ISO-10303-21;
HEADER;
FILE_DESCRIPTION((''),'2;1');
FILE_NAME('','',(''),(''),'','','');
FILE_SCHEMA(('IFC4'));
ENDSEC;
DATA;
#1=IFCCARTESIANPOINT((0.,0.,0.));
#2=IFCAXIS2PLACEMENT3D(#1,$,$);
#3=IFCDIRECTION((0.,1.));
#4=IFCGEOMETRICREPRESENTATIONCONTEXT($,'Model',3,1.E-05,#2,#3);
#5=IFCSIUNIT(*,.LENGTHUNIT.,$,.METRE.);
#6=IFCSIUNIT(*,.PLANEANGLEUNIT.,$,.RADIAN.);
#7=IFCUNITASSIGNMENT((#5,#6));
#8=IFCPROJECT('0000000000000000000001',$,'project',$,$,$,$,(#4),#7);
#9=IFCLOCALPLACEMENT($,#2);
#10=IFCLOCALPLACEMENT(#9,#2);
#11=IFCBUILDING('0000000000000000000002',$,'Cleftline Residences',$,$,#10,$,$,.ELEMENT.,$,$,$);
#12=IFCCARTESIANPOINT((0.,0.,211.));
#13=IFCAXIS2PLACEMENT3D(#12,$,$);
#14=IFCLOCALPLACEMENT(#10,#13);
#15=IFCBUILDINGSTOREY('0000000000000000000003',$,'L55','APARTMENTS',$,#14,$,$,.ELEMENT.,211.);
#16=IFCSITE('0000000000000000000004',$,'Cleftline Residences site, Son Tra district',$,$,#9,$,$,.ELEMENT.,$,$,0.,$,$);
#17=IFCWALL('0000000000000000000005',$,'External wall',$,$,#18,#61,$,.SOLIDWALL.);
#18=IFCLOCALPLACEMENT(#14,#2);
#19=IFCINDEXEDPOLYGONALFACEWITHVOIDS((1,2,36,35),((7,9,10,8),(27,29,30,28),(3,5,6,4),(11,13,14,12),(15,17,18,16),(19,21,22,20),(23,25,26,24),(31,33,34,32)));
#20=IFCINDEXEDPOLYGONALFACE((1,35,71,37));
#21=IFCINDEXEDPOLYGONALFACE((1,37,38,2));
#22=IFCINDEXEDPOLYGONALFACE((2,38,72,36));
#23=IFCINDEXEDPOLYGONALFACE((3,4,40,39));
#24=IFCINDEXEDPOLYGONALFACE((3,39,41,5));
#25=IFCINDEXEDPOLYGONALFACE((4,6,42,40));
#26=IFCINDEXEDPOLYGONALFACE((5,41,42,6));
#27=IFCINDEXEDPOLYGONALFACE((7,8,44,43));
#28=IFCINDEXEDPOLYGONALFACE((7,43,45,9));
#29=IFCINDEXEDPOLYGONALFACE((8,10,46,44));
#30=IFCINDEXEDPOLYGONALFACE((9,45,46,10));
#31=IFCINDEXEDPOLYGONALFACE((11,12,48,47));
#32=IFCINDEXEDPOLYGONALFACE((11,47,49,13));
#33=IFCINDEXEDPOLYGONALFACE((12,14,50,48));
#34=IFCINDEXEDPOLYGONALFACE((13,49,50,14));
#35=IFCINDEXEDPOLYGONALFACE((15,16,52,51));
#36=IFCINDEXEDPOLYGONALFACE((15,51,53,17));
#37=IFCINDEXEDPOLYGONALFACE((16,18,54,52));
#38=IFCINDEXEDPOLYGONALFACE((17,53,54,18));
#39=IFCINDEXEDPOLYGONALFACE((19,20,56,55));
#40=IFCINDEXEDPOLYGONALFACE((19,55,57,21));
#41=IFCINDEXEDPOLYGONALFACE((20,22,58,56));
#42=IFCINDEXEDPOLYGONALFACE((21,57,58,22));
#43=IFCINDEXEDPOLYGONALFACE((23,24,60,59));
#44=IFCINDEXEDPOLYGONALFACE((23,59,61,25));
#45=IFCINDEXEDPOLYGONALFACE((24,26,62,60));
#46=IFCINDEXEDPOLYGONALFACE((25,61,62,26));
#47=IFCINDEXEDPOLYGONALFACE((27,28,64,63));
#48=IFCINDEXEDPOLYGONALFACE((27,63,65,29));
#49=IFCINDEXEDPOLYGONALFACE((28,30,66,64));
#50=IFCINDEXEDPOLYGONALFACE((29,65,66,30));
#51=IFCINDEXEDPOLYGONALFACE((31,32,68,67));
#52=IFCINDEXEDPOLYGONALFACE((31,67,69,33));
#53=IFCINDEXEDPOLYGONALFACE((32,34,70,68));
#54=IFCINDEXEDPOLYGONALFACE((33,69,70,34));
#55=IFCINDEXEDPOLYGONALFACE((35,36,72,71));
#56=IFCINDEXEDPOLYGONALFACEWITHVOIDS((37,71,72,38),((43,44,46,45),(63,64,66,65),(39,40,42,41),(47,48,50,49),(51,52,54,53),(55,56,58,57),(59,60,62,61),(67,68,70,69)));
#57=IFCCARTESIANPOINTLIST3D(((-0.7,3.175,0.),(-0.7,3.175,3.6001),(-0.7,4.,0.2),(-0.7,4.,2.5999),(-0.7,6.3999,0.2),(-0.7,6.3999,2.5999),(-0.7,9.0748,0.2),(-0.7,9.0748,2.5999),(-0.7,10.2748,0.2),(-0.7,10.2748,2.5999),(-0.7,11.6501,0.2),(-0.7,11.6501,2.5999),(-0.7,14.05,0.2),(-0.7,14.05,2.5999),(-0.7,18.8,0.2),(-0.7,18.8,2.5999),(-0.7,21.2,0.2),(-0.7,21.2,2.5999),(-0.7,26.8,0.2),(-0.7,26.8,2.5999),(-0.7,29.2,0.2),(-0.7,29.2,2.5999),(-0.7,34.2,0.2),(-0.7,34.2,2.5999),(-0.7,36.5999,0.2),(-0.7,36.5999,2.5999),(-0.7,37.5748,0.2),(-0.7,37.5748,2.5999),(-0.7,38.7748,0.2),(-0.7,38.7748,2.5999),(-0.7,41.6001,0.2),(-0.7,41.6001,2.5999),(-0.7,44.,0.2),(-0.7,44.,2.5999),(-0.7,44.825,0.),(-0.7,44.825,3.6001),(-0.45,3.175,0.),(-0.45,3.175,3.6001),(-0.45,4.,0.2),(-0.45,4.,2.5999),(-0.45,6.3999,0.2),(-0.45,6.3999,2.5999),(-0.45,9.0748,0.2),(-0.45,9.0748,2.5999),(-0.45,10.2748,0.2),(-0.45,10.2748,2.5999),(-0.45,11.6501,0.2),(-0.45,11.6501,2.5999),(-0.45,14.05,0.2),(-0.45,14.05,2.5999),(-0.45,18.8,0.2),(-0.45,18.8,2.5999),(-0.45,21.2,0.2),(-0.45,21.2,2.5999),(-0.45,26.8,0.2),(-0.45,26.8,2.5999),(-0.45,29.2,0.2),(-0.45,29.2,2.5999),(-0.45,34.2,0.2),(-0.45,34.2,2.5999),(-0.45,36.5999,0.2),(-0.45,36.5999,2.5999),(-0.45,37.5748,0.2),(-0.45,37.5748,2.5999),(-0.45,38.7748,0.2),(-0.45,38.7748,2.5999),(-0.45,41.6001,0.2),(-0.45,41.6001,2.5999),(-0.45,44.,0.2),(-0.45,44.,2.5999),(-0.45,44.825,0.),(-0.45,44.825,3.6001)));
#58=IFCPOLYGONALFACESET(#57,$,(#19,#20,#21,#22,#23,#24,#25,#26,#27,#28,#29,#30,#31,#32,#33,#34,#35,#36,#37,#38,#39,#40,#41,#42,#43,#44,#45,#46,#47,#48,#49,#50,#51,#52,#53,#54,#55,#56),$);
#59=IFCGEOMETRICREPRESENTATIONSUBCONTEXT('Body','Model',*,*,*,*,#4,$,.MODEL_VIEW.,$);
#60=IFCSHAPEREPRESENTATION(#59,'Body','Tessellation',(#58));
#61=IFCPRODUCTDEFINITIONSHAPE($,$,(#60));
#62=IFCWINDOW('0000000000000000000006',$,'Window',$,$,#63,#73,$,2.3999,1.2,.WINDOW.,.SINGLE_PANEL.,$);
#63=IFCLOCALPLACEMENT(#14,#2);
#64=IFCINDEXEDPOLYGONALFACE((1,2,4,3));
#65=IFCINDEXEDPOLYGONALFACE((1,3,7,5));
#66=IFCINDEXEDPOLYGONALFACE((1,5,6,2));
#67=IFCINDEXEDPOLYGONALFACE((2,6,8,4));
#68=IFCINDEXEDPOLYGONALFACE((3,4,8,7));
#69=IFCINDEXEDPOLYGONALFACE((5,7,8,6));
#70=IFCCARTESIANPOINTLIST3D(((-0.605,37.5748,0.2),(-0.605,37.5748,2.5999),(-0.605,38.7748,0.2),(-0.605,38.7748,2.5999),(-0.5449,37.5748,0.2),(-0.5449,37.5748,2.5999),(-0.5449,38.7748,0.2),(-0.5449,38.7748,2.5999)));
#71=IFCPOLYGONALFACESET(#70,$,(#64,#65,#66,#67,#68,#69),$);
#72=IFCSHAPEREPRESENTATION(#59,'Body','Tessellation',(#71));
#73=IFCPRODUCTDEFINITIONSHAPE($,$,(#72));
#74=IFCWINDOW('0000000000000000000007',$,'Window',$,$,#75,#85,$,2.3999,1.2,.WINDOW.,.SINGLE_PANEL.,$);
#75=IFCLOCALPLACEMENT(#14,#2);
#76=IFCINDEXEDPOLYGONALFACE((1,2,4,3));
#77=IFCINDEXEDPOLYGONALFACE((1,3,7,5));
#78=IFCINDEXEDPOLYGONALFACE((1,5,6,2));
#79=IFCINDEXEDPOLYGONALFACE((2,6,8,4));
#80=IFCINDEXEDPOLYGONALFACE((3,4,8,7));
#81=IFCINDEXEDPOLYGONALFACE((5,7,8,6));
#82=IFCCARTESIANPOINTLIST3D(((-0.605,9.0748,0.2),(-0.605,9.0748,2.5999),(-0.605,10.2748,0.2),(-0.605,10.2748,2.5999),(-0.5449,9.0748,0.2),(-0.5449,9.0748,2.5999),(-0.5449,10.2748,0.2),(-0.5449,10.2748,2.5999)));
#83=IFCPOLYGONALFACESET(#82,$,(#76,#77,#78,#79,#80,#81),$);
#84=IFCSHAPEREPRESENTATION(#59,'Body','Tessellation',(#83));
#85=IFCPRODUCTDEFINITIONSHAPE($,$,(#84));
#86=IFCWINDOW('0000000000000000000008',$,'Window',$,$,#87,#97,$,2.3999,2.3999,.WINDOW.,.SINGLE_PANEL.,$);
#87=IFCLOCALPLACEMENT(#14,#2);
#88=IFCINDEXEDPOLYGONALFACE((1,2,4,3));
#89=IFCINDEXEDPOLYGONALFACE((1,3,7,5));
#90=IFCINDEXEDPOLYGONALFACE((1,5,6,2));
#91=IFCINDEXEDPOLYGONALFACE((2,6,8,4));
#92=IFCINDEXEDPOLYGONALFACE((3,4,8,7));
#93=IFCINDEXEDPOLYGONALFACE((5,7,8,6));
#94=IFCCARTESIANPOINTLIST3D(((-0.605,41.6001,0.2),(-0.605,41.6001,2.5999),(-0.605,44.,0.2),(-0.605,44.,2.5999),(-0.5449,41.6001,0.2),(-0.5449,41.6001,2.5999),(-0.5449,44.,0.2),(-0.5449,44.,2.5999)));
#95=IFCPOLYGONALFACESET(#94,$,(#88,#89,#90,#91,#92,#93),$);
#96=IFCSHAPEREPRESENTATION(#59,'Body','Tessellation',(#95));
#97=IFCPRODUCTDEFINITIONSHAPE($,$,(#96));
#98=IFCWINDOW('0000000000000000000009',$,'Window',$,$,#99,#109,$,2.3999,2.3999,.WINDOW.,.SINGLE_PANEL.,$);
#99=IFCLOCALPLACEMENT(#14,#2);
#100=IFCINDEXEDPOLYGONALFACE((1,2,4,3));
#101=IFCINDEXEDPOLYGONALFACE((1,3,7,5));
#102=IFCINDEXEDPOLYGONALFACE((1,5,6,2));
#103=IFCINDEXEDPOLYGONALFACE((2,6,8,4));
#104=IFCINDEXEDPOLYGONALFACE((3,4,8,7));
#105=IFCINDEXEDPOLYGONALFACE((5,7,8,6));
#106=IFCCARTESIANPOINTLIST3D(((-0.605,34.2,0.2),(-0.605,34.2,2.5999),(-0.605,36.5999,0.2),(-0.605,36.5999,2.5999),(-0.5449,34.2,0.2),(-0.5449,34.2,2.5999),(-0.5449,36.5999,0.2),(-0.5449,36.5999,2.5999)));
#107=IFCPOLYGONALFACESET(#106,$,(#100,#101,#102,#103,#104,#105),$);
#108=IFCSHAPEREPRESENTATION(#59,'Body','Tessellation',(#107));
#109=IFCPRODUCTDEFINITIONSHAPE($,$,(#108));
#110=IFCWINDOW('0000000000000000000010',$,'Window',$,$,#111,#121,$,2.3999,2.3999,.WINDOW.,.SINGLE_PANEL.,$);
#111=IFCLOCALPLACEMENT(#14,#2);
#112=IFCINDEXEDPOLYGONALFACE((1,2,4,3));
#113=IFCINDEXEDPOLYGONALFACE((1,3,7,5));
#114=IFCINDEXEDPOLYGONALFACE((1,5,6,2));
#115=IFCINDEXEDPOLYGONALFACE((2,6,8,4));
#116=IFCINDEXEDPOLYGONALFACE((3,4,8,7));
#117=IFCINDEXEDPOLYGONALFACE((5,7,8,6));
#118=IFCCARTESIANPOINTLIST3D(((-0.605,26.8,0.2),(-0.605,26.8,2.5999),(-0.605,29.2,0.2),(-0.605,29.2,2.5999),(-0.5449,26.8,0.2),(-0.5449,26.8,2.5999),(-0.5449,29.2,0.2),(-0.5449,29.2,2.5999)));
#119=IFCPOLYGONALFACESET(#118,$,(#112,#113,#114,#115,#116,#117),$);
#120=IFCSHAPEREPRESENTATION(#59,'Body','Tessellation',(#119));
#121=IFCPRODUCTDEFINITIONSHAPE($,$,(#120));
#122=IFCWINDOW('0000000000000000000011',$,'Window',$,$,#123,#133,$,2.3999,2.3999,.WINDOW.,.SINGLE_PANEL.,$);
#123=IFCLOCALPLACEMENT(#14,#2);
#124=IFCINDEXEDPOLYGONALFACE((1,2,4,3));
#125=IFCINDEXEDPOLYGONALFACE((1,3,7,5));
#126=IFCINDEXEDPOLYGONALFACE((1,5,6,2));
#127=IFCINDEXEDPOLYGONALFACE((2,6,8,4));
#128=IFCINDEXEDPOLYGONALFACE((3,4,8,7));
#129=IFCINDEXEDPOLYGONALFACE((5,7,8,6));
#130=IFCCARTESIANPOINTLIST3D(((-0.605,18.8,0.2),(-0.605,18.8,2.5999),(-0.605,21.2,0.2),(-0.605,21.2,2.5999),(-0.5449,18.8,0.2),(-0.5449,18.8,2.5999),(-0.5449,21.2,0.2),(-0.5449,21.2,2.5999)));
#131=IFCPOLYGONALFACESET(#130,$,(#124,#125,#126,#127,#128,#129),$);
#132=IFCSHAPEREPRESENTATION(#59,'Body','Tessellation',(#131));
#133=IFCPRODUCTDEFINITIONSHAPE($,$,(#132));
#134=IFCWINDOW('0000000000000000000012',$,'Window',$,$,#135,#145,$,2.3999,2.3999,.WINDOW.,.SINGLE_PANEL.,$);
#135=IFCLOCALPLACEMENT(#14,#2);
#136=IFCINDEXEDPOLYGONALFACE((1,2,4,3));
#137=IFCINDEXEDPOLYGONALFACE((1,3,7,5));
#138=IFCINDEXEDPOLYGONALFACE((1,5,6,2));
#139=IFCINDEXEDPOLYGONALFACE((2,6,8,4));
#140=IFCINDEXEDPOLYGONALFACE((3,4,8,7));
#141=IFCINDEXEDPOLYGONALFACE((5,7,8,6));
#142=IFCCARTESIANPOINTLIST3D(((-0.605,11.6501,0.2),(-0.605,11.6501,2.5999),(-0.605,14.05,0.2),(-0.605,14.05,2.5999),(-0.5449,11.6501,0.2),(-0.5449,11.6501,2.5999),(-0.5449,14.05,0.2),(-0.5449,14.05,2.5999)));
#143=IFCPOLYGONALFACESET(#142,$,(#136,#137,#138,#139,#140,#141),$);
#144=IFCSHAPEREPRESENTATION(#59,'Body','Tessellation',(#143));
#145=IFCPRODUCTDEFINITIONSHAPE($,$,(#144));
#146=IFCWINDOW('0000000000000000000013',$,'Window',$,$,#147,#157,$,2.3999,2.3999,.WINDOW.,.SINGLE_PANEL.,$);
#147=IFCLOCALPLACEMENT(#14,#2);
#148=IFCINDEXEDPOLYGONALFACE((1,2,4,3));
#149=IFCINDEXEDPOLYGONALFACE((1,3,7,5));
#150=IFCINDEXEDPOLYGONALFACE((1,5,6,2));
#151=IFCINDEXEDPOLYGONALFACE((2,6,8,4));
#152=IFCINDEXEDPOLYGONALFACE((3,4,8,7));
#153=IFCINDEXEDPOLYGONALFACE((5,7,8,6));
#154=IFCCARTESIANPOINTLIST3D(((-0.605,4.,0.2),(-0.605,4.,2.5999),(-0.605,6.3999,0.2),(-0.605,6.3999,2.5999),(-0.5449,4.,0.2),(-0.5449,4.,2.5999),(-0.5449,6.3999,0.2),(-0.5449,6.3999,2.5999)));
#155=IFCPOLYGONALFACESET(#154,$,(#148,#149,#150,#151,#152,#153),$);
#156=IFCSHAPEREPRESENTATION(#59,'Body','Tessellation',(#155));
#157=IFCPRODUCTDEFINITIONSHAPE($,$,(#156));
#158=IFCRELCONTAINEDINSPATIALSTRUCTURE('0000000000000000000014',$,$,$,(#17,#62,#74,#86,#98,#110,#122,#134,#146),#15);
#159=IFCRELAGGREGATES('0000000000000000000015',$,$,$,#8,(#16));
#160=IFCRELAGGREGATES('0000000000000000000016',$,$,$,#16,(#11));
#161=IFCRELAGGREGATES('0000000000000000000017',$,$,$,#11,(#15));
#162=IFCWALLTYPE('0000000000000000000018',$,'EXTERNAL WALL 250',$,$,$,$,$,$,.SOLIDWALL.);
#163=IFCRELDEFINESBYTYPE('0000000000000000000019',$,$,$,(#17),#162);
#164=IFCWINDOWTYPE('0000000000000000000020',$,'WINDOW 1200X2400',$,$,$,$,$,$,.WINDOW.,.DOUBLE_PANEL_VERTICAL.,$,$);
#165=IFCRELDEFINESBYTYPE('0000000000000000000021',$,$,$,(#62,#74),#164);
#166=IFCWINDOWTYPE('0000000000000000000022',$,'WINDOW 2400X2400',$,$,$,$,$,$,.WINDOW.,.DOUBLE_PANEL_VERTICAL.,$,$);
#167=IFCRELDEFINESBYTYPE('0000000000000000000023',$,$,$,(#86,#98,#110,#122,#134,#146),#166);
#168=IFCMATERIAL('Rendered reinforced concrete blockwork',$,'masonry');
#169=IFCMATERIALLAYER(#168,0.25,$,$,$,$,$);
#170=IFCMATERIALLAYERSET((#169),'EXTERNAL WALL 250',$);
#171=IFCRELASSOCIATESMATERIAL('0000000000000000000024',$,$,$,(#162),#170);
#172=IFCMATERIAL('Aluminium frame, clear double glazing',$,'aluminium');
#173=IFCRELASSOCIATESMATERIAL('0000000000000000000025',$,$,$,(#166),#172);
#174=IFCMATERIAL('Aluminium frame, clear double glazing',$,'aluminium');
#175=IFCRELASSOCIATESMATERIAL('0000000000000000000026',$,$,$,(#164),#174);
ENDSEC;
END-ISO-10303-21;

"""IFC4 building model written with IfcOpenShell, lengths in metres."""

from ifc_helpers import new_model, si_unit, direction, frame, frame_2d, origin, place, context, subcontext, project, spatial, rectangle, extrude, material, layer, layer_set, type_object, element, fill, save


model = new_model("IFC4")

# Units and contexts
model_context = context("Model", 3, precision=1e-05, world=origin(), true_north=direction((0.0, 1.0)))
body_context = subcontext(model_context, "Body", "Model", "MODEL_VIEW")
ifc_project = project(units=[si_unit("LENGTHUNIT", "METRE"), si_unit("PLANEANGLEUNIT", "RADIAN")], contexts=[model_context])

# Site, building, storey
site_placement = place(None, origin())
site = spatial("IfcSite", under=ifc_project, at=site_placement, Name="Cleftline Residences site, Son Tra district", CompositionType="ELEMENT", RefElevation=0.0)
building_placement = place(site_placement, origin())
building = spatial("IfcBuilding", under=site, at=building_placement, Name="Cleftline Residences", CompositionType="ELEMENT")
storey_placement = place(building_placement, frame((0.0, 0.0, 211.0)))
storey = spatial("IfcBuildingStorey", under=building, at=storey_placement, Name="L55", Description="APARTMENTS", CompositionType="ELEMENT", Elevation=211.0)

# Shared definitions
ifc_material_1 = material(Name="Rendered reinforced concrete blockwork", Category="masonry")
ifc_layer_1 = layer(ifc_material_1, 0.25)
ifc_layer_set_1 = layer_set([ifc_layer_1], Name="EXTERNAL WALL 250")
wall_type_1 = type_object("IfcWallType", Name="EXTERNAL WALL 250", PredefinedType="SOLIDWALL", material=ifc_layer_set_1)
ifc_material_2 = material(Name="Aluminium frame, clear double glazing", Category="aluminium")
window_type_1 = type_object("IfcWindowType", Name="WINDOW 2400X2400", PartitioningType="DOUBLE_PANEL_VERTICAL", PredefinedType="WINDOW", material=ifc_material_2)

# Wall, openings, windows
wall_1_placement = place(storey_placement, frame((-0.575, 44.825, 0.0), z_axis=(0.0, 0.0, 1.0), x_axis=(0.0, -1.0, 0.0)))
wall_1 = element("IfcWall", 1, at=wall_1_placement, inside=storey, type_object=wall_type_1, Name="External wall", PredefinedType="SOLIDWALL", context=body_context, shape_type="SweptSolid", body=[
    extrude(rectangle(XDim=41.6499, YDim=0.25, at=frame_2d((20.825, 0.0))), origin(), (0.0, 0.0, 1.0), 3.6001),
])
opening_1_placement = place(wall_1_placement, frame((0.825, 0.0, 0.2)))
opening_1 = element("IfcOpeningElement", 2, at=opening_1_placement, cuts=wall_1, PredefinedType="OPENING", context=body_context, shape_type="SweptSolid", body=[
    extrude(rectangle(XDim=2.3999, YDim=2.3999, at=frame_2d((1.2, 1.2))), frame((0.0, 0.135, 0.0), z_axis=(0.0, -1.0, 0.0), x_axis=(1.0, 0.0, 0.0)), (0.0, 0.0, 1.0), 0.27),
])
opening_2_placement = place(wall_1_placement, frame((6.05, 0.0, 0.2)))
opening_2 = element("IfcOpeningElement", 3, at=opening_2_placement, cuts=wall_1, PredefinedType="OPENING", context=body_context, shape_type="SweptSolid", body=[
    extrude(rectangle(XDim=1.2, YDim=2.3999, at=frame_2d((0.6001, 1.2))), frame((0.0, 0.135, 0.0), z_axis=(0.0, -1.0, 0.0), x_axis=(1.0, 0.0, 0.0)), (0.0, 0.0, 1.0), 0.27),
])
opening_3_placement = place(wall_1_placement, frame((8.2251, 0.0, 0.2)))
opening_3 = element("IfcOpeningElement", 4, at=opening_3_placement, cuts=wall_1, PredefinedType="OPENING", context=body_context, shape_type="SweptSolid", body=[
    extrude(rectangle(XDim=2.3999, YDim=2.3999, at=frame_2d((1.2, 1.2))), frame((0.0, 0.135, 0.0), z_axis=(0.0, -1.0, 0.0), x_axis=(1.0, 0.0, 0.0)), (0.0, 0.0, 1.0), 0.27),
])
opening_4_placement = place(wall_1_placement, frame((15.625, 0.0, 0.2)))
opening_4 = element("IfcOpeningElement", 5, at=opening_4_placement, cuts=wall_1, PredefinedType="OPENING", context=body_context, shape_type="SweptSolid", body=[
    extrude(rectangle(XDim=2.3999, YDim=2.3999, at=frame_2d((1.2, 1.2))), frame((0.0, 0.135, 0.0), z_axis=(0.0, -1.0, 0.0), x_axis=(1.0, 0.0, 0.0)), (0.0, 0.0, 1.0), 0.27),
])
opening_5_placement = place(wall_1_placement, frame((23.625, 0.0, 0.2)))
opening_5 = element("IfcOpeningElement", 6, at=opening_5_placement, cuts=wall_1, PredefinedType="OPENING", context=body_context, shape_type="SweptSolid", body=[
    extrude(rectangle(XDim=2.3999, YDim=2.3999, at=frame_2d((1.2, 1.2))), frame((0.0, 0.135, 0.0), z_axis=(0.0, -1.0, 0.0), x_axis=(1.0, 0.0, 0.0)), (0.0, 0.0, 1.0), 0.27),
])
opening_6_placement = place(wall_1_placement, frame((30.7749, 0.0, 0.2)))
opening_6 = element("IfcOpeningElement", 7, at=opening_6_placement, cuts=wall_1, PredefinedType="OPENING", context=body_context, shape_type="SweptSolid", body=[
    extrude(rectangle(XDim=2.3999, YDim=2.3999, at=frame_2d((1.2, 1.2))), frame((0.0, 0.135, 0.0), z_axis=(0.0, -1.0, 0.0), x_axis=(1.0, 0.0, 0.0)), (0.0, 0.0, 1.0), 0.27),
])
opening_7_placement = place(wall_1_placement, frame((34.55, 0.0, 0.2)))
opening_7 = element("IfcOpeningElement", 8, at=opening_7_placement, cuts=wall_1, PredefinedType="OPENING", context=body_context, shape_type="SweptSolid", body=[
    extrude(rectangle(XDim=1.2, YDim=2.3999, at=frame_2d((0.6001, 1.2))), frame((0.0, 0.135, 0.0), z_axis=(0.0, -1.0, 0.0), x_axis=(1.0, 0.0, 0.0)), (0.0, 0.0, 1.0), 0.27),
])
opening_8_placement = place(wall_1_placement, frame((38.425, 0.0, 0.2)))
opening_8 = element("IfcOpeningElement", 9, at=opening_8_placement, cuts=wall_1, PredefinedType="OPENING", context=body_context, shape_type="SweptSolid", body=[
    extrude(rectangle(XDim=2.3999, YDim=2.3999, at=frame_2d((1.2, 1.2))), frame((0.0, 0.135, 0.0), z_axis=(0.0, -1.0, 0.0), x_axis=(1.0, 0.0, 0.0)), (0.0, 0.0, 1.0), 0.27),
])
ifc_material_3 = material(Name="Aluminium frame, clear double glazing", Category="aluminium")
window_type_2 = type_object("IfcWindowType", Name="WINDOW 1200X2400", PartitioningType="DOUBLE_PANEL_VERTICAL", PredefinedType="WINDOW", material=ifc_material_3)
window_1_placement = place(opening_2_placement, origin())
window_1 = element("IfcWindow", 10, at=window_1_placement, inside=storey, type_object=window_type_2, Name="Window", OverallHeight=2.3999, OverallWidth=1.2, PartitioningType="SINGLE_PANEL", PredefinedType="WINDOW", context=body_context, shape_type="SweptSolid", body=[
    extrude(rectangle(XDim=1.2, YDim=2.3999, at=frame_2d((0.6001, 1.2))), frame((0.0, 0.03, 0.0), z_axis=(0.0, -1.0, 0.0), x_axis=(1.0, 0.0, 0.0)), (0.0, 0.0, 1.0), 0.0601),
])
fill(opening_2, window_1)
window_2_placement = place(opening_7_placement, origin())
window_2 = element("IfcWindow", 11, at=window_2_placement, inside=storey, type_object=window_type_2, Name="Window", OverallHeight=2.3999, OverallWidth=1.2, PartitioningType="SINGLE_PANEL", PredefinedType="WINDOW", context=body_context, shape_type="SweptSolid", body=[
    extrude(rectangle(XDim=1.2, YDim=2.3999, at=frame_2d((0.6001, 1.2))), frame((0.0, 0.03, 0.0), z_axis=(0.0, -1.0, 0.0), x_axis=(1.0, 0.0, 0.0)), (0.0, 0.0, 1.0), 0.0601),
])
fill(opening_7, window_2)
window_3_placement = place(opening_1_placement, origin())
window_3 = element("IfcWindow", 12, at=window_3_placement, inside=storey, type_object=window_type_1, Name="Window", OverallHeight=2.3999, OverallWidth=2.3999, PartitioningType="SINGLE_PANEL", PredefinedType="WINDOW", context=body_context, shape_type="SweptSolid", body=[
    extrude(rectangle(XDim=2.3999, YDim=2.3999, at=frame_2d((1.2, 1.2))), frame((0.0, 0.03, 0.0), z_axis=(0.0, -1.0, 0.0), x_axis=(1.0, 0.0, 0.0)), (0.0, 0.0, 1.0), 0.0601),
])
fill(opening_1, window_3)
window_4_placement = place(opening_3_placement, origin())
window_4 = element("IfcWindow", 13, at=window_4_placement, inside=storey, type_object=window_type_1, Name="Window", OverallHeight=2.3999, OverallWidth=2.3999, PartitioningType="SINGLE_PANEL", PredefinedType="WINDOW", context=body_context, shape_type="SweptSolid", body=[
    extrude(rectangle(XDim=2.3999, YDim=2.3999, at=frame_2d((1.2, 1.2))), frame((0.0, 0.03, 0.0), z_axis=(0.0, -1.0, 0.0), x_axis=(1.0, 0.0, 0.0)), (0.0, 0.0, 1.0), 0.0601),
])
fill(opening_3, window_4)
window_5_placement = place(opening_4_placement, origin())
window_5 = element("IfcWindow", 14, at=window_5_placement, inside=storey, type_object=window_type_1, Name="Window", OverallHeight=2.3999, OverallWidth=2.3999, PartitioningType="SINGLE_PANEL", PredefinedType="WINDOW", context=body_context, shape_type="SweptSolid", body=[
    extrude(rectangle(XDim=2.3999, YDim=2.3999, at=frame_2d((1.2, 1.2))), frame((0.0, 0.03, 0.0), z_axis=(0.0, -1.0, 0.0), x_axis=(1.0, 0.0, 0.0)), (0.0, 0.0, 1.0), 0.0601),
])
fill(opening_4, window_5)
window_6_placement = place(opening_5_placement, origin())
window_6 = element("IfcWindow", 15, at=window_6_placement, inside=storey, type_object=window_type_1, Name="Window", OverallHeight=2.3999, OverallWidth=2.3999, PartitioningType="SINGLE_PANEL", PredefinedType="WINDOW", context=body_context, shape_type="SweptSolid", body=[
    extrude(rectangle(XDim=2.3999, YDim=2.3999, at=frame_2d((1.2, 1.2))), frame((0.0, 0.03, 0.0), z_axis=(0.0, -1.0, 0.0), x_axis=(1.0, 0.0, 0.0)), (0.0, 0.0, 1.0), 0.0601),
])
fill(opening_5, window_6)
window_7_placement = place(opening_6_placement, origin())
window_7 = element("IfcWindow", 16, at=window_7_placement, inside=storey, type_object=window_type_1, Name="Window", OverallHeight=2.3999, OverallWidth=2.3999, PartitioningType="SINGLE_PANEL", PredefinedType="WINDOW", context=body_context, shape_type="SweptSolid", body=[
    extrude(rectangle(XDim=2.3999, YDim=2.3999, at=frame_2d((1.2, 1.2))), frame((0.0, 0.03, 0.0), z_axis=(0.0, -1.0, 0.0), x_axis=(1.0, 0.0, 0.0)), (0.0, 0.0, 1.0), 0.0601),
])
fill(opening_6, window_7)
window_8_placement = place(opening_8_placement, origin())
window_8 = element("IfcWindow", 17, at=window_8_placement, inside=storey, type_object=window_type_1, Name="Window", OverallHeight=2.3999, OverallWidth=2.3999, PartitioningType="SINGLE_PANEL", PredefinedType="WINDOW", context=body_context, shape_type="SweptSolid", body=[
    extrude(rectangle(XDim=2.3999, YDim=2.3999, at=frame_2d((1.2, 1.2))), frame((0.0, 0.03, 0.0), z_axis=(0.0, -1.0, 0.0), x_axis=(1.0, 0.0, 0.0)), (0.0, 0.0, 1.0), 0.0601),
])
fill(opening_8, window_8)

save(model, "model.ifc")
